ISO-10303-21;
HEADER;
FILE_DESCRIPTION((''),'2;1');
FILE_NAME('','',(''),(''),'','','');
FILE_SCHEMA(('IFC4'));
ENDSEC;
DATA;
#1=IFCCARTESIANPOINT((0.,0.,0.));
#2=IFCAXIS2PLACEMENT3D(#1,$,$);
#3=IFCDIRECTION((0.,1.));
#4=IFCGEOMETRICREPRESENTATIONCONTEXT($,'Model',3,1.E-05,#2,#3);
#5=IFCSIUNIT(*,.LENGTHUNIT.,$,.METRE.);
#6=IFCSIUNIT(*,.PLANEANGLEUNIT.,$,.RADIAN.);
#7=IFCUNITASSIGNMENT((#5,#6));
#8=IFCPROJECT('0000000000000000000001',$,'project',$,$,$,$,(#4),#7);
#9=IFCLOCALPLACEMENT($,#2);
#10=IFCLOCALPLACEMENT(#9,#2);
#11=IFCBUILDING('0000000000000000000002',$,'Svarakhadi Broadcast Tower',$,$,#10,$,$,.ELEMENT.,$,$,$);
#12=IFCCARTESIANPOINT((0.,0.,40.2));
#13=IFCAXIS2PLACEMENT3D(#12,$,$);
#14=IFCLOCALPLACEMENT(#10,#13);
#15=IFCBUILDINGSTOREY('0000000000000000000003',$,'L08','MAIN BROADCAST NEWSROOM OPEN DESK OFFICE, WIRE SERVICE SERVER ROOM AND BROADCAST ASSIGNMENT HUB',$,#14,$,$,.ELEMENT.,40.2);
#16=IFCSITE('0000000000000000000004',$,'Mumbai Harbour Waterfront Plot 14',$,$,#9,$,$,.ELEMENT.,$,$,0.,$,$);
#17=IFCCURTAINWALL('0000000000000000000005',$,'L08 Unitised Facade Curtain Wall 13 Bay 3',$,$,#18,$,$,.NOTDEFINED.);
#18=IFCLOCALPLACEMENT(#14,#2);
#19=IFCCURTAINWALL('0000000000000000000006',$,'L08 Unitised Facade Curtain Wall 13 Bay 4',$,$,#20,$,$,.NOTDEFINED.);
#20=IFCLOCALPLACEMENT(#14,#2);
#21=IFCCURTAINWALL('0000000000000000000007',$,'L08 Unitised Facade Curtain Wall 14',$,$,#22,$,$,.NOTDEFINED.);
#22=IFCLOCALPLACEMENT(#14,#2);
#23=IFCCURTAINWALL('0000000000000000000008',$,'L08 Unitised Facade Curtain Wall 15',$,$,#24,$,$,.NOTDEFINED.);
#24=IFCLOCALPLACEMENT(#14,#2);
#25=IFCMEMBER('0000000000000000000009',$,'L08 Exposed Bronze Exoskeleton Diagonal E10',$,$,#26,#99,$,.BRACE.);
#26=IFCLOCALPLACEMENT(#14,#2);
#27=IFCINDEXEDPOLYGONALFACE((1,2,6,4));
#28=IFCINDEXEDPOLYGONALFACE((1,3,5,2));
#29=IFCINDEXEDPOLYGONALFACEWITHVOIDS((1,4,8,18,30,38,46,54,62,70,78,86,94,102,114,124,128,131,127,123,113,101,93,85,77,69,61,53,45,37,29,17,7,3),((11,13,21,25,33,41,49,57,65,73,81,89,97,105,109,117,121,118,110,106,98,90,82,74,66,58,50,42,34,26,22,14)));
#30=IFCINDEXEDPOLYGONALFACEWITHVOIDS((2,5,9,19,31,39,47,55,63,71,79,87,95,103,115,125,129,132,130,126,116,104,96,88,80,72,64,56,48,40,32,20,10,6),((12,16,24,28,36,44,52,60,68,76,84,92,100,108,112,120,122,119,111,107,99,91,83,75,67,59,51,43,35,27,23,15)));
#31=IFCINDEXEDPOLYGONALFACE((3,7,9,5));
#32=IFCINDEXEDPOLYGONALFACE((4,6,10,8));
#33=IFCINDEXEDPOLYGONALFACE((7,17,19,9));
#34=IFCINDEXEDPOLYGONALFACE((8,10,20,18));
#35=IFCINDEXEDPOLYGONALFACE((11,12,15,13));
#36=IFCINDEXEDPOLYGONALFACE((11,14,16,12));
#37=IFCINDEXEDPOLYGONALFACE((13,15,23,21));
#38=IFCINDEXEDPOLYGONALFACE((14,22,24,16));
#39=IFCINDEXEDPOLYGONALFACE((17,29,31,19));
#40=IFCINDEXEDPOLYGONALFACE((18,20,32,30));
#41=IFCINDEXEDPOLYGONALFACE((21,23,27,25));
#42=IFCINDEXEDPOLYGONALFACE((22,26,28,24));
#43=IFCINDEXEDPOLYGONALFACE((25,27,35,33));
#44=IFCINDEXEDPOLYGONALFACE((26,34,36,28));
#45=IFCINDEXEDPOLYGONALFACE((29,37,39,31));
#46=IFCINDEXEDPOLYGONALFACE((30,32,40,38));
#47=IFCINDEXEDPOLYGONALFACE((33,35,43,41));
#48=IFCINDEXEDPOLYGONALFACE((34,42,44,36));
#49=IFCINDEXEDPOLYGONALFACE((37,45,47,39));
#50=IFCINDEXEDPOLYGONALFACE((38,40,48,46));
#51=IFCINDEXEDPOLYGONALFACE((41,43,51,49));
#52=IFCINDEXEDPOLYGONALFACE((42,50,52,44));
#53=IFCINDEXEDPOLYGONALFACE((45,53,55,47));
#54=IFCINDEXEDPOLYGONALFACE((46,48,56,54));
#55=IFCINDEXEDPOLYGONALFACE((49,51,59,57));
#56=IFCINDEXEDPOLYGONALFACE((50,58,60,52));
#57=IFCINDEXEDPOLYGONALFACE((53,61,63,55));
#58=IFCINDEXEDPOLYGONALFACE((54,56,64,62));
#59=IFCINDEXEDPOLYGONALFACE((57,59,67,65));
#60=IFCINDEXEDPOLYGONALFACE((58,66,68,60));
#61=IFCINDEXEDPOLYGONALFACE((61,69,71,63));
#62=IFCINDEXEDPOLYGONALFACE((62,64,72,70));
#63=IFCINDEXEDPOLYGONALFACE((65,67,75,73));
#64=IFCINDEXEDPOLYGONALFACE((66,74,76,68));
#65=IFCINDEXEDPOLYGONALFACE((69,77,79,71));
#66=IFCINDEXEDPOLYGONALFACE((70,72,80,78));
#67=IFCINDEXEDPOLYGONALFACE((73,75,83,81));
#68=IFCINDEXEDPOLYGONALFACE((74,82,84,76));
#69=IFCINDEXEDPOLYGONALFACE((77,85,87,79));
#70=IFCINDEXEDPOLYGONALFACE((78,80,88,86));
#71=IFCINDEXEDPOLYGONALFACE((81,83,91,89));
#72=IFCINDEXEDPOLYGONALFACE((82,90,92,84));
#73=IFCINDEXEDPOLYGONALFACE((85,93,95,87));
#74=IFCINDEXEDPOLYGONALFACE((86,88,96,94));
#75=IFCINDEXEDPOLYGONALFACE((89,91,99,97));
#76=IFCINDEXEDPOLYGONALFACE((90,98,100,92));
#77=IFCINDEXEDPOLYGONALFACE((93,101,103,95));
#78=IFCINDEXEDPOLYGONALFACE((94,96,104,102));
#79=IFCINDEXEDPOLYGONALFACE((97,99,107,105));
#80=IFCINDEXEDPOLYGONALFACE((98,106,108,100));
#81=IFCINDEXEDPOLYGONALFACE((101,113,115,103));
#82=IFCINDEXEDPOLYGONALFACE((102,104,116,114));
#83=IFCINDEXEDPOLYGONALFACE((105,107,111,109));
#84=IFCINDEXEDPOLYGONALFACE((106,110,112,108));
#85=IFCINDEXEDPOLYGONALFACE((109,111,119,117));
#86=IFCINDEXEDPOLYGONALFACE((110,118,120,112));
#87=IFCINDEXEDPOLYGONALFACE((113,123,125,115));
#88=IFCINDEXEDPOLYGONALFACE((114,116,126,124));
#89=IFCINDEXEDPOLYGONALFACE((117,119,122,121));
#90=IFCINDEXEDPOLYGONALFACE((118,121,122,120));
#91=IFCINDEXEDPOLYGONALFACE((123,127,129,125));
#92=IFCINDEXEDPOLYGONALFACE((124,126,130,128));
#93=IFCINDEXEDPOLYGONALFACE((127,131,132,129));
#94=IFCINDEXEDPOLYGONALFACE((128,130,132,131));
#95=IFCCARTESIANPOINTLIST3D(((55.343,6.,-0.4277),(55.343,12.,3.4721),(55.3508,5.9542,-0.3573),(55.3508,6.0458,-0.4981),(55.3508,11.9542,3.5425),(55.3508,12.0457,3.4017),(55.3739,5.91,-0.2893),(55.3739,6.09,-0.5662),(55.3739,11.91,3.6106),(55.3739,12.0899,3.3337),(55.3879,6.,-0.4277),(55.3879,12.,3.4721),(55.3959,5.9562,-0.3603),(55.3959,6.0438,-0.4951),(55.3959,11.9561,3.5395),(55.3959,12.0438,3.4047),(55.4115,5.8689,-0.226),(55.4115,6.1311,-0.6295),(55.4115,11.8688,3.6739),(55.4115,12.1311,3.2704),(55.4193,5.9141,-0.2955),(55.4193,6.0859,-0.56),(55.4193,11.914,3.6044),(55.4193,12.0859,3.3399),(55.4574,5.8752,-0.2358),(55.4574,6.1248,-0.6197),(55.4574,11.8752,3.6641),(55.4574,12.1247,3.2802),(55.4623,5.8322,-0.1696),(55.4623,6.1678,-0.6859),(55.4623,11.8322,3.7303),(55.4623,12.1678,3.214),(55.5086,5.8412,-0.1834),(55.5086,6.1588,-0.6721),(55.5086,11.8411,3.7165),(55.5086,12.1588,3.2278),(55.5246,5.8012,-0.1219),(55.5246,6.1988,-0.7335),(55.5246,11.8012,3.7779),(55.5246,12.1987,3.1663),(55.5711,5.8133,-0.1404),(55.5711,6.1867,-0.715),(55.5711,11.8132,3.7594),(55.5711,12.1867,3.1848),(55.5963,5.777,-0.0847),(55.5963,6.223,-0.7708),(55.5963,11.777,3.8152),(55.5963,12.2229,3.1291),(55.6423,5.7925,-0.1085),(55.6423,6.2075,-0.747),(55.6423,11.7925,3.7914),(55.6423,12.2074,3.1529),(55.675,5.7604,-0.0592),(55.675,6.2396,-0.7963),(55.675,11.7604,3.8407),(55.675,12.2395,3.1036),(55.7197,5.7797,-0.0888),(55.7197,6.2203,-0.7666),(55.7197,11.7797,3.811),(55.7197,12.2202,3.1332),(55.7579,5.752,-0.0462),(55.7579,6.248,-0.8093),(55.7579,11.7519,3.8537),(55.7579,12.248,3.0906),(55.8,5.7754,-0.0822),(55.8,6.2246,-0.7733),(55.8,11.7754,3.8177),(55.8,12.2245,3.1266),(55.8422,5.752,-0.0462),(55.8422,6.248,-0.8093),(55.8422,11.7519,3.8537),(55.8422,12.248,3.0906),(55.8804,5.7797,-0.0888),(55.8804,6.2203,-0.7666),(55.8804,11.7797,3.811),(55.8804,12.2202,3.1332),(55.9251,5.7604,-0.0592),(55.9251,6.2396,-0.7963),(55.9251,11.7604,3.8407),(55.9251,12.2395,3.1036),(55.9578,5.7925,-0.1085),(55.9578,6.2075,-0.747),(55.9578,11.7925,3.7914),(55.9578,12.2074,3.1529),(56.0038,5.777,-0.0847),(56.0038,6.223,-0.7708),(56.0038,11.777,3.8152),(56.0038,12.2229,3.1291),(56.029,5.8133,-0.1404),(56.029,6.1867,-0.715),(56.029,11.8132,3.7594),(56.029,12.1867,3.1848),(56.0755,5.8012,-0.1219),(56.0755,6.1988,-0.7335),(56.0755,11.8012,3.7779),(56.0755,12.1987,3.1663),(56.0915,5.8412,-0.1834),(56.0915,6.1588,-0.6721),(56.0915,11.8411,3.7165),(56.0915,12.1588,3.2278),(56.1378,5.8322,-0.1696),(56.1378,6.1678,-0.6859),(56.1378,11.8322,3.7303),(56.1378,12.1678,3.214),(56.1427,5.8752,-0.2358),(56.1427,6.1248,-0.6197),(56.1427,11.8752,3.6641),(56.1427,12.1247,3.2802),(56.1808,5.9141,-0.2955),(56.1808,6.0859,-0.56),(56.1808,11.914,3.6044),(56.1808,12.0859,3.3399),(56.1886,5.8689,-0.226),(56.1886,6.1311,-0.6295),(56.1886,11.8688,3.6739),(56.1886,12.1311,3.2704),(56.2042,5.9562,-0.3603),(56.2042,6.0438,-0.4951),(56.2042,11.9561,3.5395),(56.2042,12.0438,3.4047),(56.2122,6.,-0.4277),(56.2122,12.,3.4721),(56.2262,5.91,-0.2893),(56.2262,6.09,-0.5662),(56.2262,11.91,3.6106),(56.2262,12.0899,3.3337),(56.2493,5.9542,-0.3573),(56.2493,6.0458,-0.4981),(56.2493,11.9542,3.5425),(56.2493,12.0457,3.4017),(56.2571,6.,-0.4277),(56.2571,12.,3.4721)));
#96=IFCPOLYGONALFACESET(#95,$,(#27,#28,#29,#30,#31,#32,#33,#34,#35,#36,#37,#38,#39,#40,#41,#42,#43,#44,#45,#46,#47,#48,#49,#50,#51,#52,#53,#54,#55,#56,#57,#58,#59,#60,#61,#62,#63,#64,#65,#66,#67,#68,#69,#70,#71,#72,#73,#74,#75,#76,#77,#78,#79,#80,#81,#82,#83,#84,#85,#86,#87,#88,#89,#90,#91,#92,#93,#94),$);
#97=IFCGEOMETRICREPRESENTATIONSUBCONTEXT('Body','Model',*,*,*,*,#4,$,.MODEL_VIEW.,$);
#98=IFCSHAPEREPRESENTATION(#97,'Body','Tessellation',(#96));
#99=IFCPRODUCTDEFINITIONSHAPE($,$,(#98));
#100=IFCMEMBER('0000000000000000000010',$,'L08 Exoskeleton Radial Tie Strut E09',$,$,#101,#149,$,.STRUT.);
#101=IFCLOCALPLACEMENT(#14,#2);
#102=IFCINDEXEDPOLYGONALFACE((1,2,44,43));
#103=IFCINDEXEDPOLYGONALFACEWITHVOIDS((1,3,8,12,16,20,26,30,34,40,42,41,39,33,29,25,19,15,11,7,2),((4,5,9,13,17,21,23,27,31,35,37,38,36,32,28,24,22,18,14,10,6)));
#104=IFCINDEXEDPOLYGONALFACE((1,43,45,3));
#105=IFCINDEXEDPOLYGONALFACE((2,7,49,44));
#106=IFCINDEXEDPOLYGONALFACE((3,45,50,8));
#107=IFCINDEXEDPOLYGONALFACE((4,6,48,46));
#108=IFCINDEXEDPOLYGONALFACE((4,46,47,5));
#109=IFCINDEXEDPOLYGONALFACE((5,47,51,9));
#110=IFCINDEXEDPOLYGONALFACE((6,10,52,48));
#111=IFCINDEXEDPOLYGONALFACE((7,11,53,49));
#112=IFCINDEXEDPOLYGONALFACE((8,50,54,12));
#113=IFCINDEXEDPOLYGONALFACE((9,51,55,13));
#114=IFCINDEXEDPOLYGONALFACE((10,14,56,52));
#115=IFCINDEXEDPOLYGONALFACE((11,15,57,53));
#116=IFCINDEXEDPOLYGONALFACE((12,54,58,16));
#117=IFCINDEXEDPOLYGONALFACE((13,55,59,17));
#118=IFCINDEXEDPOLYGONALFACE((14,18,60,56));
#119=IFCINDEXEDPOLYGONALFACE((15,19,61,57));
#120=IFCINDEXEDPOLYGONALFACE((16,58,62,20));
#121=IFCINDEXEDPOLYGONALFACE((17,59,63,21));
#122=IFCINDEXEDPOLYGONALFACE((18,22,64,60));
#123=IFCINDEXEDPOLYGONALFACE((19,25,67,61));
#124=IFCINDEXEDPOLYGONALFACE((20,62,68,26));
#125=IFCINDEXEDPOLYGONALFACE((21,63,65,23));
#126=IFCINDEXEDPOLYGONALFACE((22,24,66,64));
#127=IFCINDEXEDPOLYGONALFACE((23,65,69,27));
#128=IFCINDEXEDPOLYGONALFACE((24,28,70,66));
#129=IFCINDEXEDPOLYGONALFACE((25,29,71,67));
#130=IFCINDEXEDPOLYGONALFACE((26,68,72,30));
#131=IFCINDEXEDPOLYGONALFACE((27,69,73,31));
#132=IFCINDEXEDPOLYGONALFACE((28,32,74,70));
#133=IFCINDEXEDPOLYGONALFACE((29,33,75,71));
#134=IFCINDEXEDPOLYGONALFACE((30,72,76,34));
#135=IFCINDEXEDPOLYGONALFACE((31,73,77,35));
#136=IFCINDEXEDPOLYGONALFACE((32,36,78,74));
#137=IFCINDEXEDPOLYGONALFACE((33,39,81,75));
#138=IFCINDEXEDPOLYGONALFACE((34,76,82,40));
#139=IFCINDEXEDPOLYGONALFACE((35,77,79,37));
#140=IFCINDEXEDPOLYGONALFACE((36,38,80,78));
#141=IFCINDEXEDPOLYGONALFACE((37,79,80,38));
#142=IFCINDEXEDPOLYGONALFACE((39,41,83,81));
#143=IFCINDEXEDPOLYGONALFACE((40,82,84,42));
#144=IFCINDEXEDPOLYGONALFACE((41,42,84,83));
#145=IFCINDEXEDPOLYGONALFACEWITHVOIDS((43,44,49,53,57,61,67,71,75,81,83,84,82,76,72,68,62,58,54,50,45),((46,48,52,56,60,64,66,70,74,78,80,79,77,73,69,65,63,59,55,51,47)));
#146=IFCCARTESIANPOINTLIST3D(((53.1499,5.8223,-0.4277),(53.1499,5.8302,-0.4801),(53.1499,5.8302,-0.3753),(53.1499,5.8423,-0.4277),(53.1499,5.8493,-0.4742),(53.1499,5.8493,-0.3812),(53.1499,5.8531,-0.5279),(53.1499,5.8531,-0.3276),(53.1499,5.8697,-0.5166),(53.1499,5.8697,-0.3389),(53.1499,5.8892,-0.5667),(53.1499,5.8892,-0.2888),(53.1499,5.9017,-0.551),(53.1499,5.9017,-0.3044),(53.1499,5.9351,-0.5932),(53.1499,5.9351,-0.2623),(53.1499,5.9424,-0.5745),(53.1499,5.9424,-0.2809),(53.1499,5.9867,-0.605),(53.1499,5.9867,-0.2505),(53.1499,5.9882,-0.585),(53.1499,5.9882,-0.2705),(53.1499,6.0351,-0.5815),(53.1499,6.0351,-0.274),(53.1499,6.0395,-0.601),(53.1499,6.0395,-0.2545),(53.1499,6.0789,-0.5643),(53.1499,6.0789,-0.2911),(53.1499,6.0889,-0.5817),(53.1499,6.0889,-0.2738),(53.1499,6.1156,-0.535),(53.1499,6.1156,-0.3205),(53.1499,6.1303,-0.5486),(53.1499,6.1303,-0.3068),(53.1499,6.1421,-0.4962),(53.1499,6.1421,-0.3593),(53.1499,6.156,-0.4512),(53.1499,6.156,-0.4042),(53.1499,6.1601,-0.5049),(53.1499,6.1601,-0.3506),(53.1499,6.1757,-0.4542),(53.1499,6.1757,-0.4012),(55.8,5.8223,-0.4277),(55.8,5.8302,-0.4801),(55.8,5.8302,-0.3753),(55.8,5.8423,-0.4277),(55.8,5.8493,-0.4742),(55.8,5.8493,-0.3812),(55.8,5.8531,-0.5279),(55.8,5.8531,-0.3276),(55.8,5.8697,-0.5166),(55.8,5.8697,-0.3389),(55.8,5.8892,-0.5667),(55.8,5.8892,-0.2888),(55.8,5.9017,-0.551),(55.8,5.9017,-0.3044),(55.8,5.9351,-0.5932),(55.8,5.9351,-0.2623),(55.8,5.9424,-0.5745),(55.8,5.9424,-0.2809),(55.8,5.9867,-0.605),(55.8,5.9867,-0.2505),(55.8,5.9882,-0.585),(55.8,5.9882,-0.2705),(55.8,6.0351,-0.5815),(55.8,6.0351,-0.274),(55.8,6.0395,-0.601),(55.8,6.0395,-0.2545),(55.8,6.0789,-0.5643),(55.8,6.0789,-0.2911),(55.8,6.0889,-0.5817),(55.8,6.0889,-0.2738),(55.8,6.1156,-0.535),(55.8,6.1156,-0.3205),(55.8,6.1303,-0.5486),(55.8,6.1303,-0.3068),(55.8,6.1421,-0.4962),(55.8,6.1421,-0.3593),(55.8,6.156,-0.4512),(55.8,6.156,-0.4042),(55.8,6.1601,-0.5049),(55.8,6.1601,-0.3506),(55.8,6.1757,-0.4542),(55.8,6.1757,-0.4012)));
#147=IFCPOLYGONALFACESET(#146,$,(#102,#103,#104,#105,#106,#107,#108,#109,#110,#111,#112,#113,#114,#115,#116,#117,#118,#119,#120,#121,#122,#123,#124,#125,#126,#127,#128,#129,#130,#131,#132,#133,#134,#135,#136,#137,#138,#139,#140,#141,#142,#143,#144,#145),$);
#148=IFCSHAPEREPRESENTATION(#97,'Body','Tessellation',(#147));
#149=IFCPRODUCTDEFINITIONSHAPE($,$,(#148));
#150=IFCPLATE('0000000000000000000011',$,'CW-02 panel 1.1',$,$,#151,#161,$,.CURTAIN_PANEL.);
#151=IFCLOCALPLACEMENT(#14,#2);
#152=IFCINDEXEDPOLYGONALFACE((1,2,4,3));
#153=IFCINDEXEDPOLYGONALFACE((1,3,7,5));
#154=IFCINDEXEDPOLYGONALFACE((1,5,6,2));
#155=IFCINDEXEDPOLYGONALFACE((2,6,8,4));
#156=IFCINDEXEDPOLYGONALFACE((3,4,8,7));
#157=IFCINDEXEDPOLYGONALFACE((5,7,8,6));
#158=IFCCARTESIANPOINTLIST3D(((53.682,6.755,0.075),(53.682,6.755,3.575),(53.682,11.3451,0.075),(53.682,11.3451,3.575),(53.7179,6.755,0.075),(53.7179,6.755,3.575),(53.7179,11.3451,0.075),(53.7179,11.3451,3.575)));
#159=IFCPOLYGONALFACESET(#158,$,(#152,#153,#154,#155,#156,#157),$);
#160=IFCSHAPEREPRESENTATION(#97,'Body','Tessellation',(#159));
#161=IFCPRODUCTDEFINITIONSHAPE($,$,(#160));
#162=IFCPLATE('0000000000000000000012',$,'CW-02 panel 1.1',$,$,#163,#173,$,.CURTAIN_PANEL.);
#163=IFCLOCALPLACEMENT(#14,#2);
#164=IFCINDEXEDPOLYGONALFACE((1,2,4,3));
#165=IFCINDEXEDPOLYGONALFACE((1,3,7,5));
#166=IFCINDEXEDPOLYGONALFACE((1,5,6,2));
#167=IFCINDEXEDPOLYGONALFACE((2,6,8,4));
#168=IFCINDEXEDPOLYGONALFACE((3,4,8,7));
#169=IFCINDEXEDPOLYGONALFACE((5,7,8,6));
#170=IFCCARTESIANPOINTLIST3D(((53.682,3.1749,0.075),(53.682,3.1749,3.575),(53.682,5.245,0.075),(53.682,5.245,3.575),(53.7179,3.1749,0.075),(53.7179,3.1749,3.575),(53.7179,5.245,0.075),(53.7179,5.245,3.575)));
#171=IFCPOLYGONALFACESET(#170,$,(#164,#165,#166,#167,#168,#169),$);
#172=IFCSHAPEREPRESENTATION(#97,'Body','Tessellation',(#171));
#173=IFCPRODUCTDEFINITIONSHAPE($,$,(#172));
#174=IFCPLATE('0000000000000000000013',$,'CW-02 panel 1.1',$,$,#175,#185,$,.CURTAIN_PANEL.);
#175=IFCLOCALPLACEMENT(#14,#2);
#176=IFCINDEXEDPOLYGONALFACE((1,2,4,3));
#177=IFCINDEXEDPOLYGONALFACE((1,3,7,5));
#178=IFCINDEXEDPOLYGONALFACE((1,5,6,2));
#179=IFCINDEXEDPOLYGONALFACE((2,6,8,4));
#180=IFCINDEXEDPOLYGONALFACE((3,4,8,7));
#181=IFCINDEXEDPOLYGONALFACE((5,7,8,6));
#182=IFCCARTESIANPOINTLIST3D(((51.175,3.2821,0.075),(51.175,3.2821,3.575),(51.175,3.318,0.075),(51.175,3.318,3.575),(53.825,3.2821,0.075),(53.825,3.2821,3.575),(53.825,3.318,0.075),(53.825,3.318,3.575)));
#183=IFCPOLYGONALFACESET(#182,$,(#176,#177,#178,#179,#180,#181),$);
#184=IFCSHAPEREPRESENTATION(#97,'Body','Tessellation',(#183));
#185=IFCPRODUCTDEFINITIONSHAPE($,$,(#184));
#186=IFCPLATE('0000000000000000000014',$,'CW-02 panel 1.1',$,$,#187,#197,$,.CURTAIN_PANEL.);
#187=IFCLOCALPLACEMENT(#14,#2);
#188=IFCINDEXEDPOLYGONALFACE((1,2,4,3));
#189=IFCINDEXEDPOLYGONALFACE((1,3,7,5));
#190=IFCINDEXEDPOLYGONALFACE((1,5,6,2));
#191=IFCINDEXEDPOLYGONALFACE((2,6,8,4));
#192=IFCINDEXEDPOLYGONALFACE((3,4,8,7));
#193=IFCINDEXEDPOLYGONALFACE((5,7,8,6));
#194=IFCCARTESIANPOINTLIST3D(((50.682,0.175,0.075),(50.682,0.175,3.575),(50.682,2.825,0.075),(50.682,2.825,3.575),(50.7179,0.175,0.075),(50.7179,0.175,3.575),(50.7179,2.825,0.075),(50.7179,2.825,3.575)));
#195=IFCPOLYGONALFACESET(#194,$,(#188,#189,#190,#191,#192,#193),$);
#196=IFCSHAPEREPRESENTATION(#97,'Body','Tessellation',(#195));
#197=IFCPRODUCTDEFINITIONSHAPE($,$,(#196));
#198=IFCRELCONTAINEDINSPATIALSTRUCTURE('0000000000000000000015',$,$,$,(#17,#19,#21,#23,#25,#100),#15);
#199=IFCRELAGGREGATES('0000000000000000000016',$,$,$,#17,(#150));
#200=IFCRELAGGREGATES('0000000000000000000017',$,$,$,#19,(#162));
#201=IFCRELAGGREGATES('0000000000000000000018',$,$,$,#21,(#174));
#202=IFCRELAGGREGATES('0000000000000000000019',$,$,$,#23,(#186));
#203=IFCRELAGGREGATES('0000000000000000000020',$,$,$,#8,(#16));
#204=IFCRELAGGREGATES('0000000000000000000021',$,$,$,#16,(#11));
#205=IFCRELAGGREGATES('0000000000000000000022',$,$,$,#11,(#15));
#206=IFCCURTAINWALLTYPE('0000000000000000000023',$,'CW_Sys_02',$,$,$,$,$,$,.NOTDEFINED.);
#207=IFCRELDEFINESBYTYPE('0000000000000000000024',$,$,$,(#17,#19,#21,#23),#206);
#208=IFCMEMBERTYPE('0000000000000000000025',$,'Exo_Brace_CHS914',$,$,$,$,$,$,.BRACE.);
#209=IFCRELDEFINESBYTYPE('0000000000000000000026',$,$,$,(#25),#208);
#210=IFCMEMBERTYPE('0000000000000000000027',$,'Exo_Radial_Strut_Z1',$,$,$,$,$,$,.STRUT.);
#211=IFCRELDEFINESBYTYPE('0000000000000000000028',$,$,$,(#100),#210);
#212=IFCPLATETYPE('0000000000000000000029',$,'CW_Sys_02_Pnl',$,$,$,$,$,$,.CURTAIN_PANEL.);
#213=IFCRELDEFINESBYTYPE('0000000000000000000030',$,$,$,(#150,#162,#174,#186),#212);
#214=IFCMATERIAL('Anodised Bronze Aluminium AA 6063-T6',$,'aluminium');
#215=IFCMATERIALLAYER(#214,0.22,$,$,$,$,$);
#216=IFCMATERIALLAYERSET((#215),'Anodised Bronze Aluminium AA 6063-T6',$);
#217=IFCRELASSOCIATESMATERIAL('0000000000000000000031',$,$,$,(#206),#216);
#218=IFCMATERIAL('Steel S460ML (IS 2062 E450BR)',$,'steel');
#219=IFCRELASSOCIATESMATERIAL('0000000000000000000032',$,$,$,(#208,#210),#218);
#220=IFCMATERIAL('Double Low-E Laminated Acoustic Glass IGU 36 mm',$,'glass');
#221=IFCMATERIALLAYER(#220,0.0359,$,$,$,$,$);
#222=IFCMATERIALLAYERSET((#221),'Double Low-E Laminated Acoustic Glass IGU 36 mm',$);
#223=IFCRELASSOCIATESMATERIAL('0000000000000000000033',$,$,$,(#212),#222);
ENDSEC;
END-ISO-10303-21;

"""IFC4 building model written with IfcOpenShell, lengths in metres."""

from ifc_helpers import new_model, si_unit, direction, frame, origin, origin_2d, place, context, subcontext, project, spatial, rectangle, hollow_circle, extrude, material, layer, layer_set, material_profile, profile_set, type_object, element, aggregate, save


model = new_model("IFC4")

# Units and contexts
model_context = context("Model", 3, precision=1e-05, world=origin(), true_north=direction((0.0, 1.0)))
body_context = subcontext(model_context, "Body", "Model", "MODEL_VIEW")
ifc_project = project(units=[si_unit("LENGTHUNIT", "METRE"), si_unit("PLANEANGLEUNIT", "RADIAN")], contexts=[model_context])

# Site, building, storey
site_placement = place(None, origin())
site = spatial("IfcSite", under=ifc_project, at=site_placement, Name="Mumbai Harbour Waterfront Plot 14", CompositionType="ELEMENT", RefElevation=0.0)
building_placement = place(site_placement, origin())
building = spatial("IfcBuilding", under=site, at=building_placement, Name="Svarakhadi Broadcast Tower", CompositionType="ELEMENT")
storey_placement = place(building_placement, frame((0.0, 0.0, 40.2)))
storey = spatial("IfcBuildingStorey", under=building, at=storey_placement, Name="L08", Description="MAIN BROADCAST NEWSROOM OPEN DESK OFFICE, WIRE SERVICE SERVER ROOM AND BROADCAST ASSIGNMENT HUB", CompositionType="ELEMENT", Elevation=40.2)

# Curtain walls
ifc_material_1 = material(Name="Anodised Bronze Aluminium AA 6063-T6", Category="aluminium")
ifc_layer_1 = layer(ifc_material_1, 0.22)
ifc_layer_set_1 = layer_set([ifc_layer_1], Name="Anodised Bronze Aluminium AA 6063-T6")
curtain_wall_type = type_object("IfcCurtainWallType", Name="CW_Sys_02", PredefinedType="NOTDEFINED", material=ifc_layer_set_1)
curtain_wall_1_placement = place(storey_placement, origin())
curtain_wall_1 = element("IfcCurtainWall", 1, at=curtain_wall_1_placement, inside=storey, type_object=curtain_wall_type, Name="L08 Unitised Facade Curtain Wall 13 Bay 3", PredefinedType="NOTDEFINED")
curtain_wall_2_placement = place(storey_placement, origin())
curtain_wall_2 = element("IfcCurtainWall", 2, at=curtain_wall_2_placement, inside=storey, type_object=curtain_wall_type, Name="L08 Unitised Facade Curtain Wall 13 Bay 4", PredefinedType="NOTDEFINED")
curtain_wall_3_placement = place(storey_placement, origin())
curtain_wall_3 = element("IfcCurtainWall", 3, at=curtain_wall_3_placement, inside=storey, type_object=curtain_wall_type, Name="L08 Unitised Facade Curtain Wall 14", PredefinedType="NOTDEFINED")
curtain_wall_4_placement = place(storey_placement, origin())
curtain_wall_4 = element("IfcCurtainWall", 4, at=curtain_wall_4_placement, inside=storey, type_object=curtain_wall_type, Name="L08 Unitised Facade Curtain Wall 15", PredefinedType="NOTDEFINED")

# Members
ifc_material_2 = material(Name="Steel S460ML (IS 2062 E450BR)", Category="steel")
ifc_material_profile_1 = material_profile(ifc_material_2, hollow_circle(Radius=0.457, WallThickness=0.0449, at=origin_2d()), Name="CHS 914x45")
ifc_profile_set_1 = profile_set([ifc_material_profile_1], Name="Steel S460ML (IS 2062 E450BR)")
member_type_1 = type_object("IfcMemberType", Name="Exo_Brace_CHS914", PredefinedType="BRACE", material=ifc_profile_set_1)
member_1_placement = place(storey_placement, frame((55.8, 6.0, -0.4277), z_axis=(0.0, 0.83845, 0.544979), x_axis=(-1.0, 0.0, 0.0)))
element("IfcMember", 5, at=member_1_placement, inside=storey, type_object=member_type_1, Name="L08 Exposed Bronze Exoskeleton Diagonal E10", PredefinedType="BRACE", context=body_context, shape_type="SweptSolid", body=[
    extrude(hollow_circle(Radius=0.457, WallThickness=0.0449, at=origin_2d()), origin(), (0.0, 0.0, 1.0), 7.156),
])
ifc_material_profile_2 = material_profile(ifc_material_2, hollow_circle(Radius=0.1777, WallThickness=0.02, at=origin_2d()), Name="CHS 355.6x20")
ifc_profile_set_2 = profile_set([ifc_material_profile_2], Name="Steel S460ML (IS 2062 E450BR)")
member_type_2 = type_object("IfcMemberType", Name="Exo_Radial_Strut_Z1", PredefinedType="STRUT", material=ifc_profile_set_2)
member_2_placement = place(storey_placement, frame((55.8, 6.0, -0.4277), z_axis=(-1.0, 0.0, 0.0), x_axis=(0.0, -1.0, 0.0)))
element("IfcMember", 6, at=member_2_placement, inside=storey, type_object=member_type_2, Name="L08 Exoskeleton Radial Tie Strut E09", PredefinedType="STRUT", context=body_context, shape_type="SweptSolid", body=[
    extrude(hollow_circle(Radius=0.1777, WallThickness=0.02, at=origin_2d()), origin(), (0.0, 0.0, 1.0), 2.6501),
])

# Plates
ifc_material_3 = material(Name="Double Low-E Laminated Acoustic Glass IGU 36 mm", Category="glass")
ifc_layer_2 = layer(ifc_material_3, 0.0359)
ifc_layer_set_2 = layer_set([ifc_layer_2], Name="Double Low-E Laminated Acoustic Glass IGU 36 mm")
plate_type_1 = type_object("IfcPlateType", Name="CW_Sys_02_Pnl", PredefinedType="CURTAIN_PANEL", material=ifc_layer_set_2)
plate_1_placement = place(storey_placement, frame((53.7, 9.05, 0.075), z_axis=(0.0, 0.0, 1.0), x_axis=(0.0, -1.0, 0.0)))
plate_1 = element("IfcPlate", 7, at=plate_1_placement, type_object=plate_type_1, Name="CW-02 panel 1.1", PredefinedType="CURTAIN_PANEL", context=body_context, shape_type="SweptSolid", body=[
    extrude(rectangle(XDim=4.5901, YDim=0.0359, at=origin_2d()), origin(), (0.0, 0.0, 1.0), 3.5),
])
aggregate(curtain_wall_1, [plate_1])
plate_2_placement = place(storey_placement, frame((53.7, 4.21, 0.075), z_axis=(0.0, 0.0, 1.0), x_axis=(0.0, -1.0, 0.0)))
plate_2 = element("IfcPlate", 8, at=plate_2_placement, type_object=plate_type_1, Name="CW-02 panel 1.1", PredefinedType="CURTAIN_PANEL", context=body_context, shape_type="SweptSolid", body=[
    extrude(rectangle(XDim=2.0701, YDim=0.0359, at=origin_2d()), origin(), (0.0, 0.0, 1.0), 3.5),
])
aggregate(curtain_wall_2, [plate_2])
plate_3_placement = place(storey_placement, frame((52.5, 3.3, 0.075), z_axis=(0.0, 0.0, 1.0), x_axis=(-1.0, 0.0, 0.0)))
plate_3 = element("IfcPlate", 9, at=plate_3_placement, type_object=plate_type_1, Name="CW-02 panel 1.1", PredefinedType="CURTAIN_PANEL", context=body_context, shape_type="SweptSolid", body=[
    extrude(rectangle(XDim=2.6499, YDim=0.0359, at=origin_2d()), origin(), (0.0, 0.0, 1.0), 3.5),
])
aggregate(curtain_wall_3, [plate_3])
plate_4_placement = place(storey_placement, frame((50.7, 1.5, 0.075), z_axis=(0.0, 0.0, 1.0), x_axis=(0.0, -1.0, 0.0)))
plate_4 = element("IfcPlate", 10, at=plate_4_placement, type_object=plate_type_1, Name="CW-02 panel 1.1", PredefinedType="CURTAIN_PANEL", context=body_context, shape_type="SweptSolid", body=[
    extrude(rectangle(XDim=2.6499, YDim=0.0359, at=origin_2d()), origin(), (0.0, 0.0, 1.0), 3.5),
])
aggregate(curtain_wall_4, [plate_4])

save(model, "model.ifc")
